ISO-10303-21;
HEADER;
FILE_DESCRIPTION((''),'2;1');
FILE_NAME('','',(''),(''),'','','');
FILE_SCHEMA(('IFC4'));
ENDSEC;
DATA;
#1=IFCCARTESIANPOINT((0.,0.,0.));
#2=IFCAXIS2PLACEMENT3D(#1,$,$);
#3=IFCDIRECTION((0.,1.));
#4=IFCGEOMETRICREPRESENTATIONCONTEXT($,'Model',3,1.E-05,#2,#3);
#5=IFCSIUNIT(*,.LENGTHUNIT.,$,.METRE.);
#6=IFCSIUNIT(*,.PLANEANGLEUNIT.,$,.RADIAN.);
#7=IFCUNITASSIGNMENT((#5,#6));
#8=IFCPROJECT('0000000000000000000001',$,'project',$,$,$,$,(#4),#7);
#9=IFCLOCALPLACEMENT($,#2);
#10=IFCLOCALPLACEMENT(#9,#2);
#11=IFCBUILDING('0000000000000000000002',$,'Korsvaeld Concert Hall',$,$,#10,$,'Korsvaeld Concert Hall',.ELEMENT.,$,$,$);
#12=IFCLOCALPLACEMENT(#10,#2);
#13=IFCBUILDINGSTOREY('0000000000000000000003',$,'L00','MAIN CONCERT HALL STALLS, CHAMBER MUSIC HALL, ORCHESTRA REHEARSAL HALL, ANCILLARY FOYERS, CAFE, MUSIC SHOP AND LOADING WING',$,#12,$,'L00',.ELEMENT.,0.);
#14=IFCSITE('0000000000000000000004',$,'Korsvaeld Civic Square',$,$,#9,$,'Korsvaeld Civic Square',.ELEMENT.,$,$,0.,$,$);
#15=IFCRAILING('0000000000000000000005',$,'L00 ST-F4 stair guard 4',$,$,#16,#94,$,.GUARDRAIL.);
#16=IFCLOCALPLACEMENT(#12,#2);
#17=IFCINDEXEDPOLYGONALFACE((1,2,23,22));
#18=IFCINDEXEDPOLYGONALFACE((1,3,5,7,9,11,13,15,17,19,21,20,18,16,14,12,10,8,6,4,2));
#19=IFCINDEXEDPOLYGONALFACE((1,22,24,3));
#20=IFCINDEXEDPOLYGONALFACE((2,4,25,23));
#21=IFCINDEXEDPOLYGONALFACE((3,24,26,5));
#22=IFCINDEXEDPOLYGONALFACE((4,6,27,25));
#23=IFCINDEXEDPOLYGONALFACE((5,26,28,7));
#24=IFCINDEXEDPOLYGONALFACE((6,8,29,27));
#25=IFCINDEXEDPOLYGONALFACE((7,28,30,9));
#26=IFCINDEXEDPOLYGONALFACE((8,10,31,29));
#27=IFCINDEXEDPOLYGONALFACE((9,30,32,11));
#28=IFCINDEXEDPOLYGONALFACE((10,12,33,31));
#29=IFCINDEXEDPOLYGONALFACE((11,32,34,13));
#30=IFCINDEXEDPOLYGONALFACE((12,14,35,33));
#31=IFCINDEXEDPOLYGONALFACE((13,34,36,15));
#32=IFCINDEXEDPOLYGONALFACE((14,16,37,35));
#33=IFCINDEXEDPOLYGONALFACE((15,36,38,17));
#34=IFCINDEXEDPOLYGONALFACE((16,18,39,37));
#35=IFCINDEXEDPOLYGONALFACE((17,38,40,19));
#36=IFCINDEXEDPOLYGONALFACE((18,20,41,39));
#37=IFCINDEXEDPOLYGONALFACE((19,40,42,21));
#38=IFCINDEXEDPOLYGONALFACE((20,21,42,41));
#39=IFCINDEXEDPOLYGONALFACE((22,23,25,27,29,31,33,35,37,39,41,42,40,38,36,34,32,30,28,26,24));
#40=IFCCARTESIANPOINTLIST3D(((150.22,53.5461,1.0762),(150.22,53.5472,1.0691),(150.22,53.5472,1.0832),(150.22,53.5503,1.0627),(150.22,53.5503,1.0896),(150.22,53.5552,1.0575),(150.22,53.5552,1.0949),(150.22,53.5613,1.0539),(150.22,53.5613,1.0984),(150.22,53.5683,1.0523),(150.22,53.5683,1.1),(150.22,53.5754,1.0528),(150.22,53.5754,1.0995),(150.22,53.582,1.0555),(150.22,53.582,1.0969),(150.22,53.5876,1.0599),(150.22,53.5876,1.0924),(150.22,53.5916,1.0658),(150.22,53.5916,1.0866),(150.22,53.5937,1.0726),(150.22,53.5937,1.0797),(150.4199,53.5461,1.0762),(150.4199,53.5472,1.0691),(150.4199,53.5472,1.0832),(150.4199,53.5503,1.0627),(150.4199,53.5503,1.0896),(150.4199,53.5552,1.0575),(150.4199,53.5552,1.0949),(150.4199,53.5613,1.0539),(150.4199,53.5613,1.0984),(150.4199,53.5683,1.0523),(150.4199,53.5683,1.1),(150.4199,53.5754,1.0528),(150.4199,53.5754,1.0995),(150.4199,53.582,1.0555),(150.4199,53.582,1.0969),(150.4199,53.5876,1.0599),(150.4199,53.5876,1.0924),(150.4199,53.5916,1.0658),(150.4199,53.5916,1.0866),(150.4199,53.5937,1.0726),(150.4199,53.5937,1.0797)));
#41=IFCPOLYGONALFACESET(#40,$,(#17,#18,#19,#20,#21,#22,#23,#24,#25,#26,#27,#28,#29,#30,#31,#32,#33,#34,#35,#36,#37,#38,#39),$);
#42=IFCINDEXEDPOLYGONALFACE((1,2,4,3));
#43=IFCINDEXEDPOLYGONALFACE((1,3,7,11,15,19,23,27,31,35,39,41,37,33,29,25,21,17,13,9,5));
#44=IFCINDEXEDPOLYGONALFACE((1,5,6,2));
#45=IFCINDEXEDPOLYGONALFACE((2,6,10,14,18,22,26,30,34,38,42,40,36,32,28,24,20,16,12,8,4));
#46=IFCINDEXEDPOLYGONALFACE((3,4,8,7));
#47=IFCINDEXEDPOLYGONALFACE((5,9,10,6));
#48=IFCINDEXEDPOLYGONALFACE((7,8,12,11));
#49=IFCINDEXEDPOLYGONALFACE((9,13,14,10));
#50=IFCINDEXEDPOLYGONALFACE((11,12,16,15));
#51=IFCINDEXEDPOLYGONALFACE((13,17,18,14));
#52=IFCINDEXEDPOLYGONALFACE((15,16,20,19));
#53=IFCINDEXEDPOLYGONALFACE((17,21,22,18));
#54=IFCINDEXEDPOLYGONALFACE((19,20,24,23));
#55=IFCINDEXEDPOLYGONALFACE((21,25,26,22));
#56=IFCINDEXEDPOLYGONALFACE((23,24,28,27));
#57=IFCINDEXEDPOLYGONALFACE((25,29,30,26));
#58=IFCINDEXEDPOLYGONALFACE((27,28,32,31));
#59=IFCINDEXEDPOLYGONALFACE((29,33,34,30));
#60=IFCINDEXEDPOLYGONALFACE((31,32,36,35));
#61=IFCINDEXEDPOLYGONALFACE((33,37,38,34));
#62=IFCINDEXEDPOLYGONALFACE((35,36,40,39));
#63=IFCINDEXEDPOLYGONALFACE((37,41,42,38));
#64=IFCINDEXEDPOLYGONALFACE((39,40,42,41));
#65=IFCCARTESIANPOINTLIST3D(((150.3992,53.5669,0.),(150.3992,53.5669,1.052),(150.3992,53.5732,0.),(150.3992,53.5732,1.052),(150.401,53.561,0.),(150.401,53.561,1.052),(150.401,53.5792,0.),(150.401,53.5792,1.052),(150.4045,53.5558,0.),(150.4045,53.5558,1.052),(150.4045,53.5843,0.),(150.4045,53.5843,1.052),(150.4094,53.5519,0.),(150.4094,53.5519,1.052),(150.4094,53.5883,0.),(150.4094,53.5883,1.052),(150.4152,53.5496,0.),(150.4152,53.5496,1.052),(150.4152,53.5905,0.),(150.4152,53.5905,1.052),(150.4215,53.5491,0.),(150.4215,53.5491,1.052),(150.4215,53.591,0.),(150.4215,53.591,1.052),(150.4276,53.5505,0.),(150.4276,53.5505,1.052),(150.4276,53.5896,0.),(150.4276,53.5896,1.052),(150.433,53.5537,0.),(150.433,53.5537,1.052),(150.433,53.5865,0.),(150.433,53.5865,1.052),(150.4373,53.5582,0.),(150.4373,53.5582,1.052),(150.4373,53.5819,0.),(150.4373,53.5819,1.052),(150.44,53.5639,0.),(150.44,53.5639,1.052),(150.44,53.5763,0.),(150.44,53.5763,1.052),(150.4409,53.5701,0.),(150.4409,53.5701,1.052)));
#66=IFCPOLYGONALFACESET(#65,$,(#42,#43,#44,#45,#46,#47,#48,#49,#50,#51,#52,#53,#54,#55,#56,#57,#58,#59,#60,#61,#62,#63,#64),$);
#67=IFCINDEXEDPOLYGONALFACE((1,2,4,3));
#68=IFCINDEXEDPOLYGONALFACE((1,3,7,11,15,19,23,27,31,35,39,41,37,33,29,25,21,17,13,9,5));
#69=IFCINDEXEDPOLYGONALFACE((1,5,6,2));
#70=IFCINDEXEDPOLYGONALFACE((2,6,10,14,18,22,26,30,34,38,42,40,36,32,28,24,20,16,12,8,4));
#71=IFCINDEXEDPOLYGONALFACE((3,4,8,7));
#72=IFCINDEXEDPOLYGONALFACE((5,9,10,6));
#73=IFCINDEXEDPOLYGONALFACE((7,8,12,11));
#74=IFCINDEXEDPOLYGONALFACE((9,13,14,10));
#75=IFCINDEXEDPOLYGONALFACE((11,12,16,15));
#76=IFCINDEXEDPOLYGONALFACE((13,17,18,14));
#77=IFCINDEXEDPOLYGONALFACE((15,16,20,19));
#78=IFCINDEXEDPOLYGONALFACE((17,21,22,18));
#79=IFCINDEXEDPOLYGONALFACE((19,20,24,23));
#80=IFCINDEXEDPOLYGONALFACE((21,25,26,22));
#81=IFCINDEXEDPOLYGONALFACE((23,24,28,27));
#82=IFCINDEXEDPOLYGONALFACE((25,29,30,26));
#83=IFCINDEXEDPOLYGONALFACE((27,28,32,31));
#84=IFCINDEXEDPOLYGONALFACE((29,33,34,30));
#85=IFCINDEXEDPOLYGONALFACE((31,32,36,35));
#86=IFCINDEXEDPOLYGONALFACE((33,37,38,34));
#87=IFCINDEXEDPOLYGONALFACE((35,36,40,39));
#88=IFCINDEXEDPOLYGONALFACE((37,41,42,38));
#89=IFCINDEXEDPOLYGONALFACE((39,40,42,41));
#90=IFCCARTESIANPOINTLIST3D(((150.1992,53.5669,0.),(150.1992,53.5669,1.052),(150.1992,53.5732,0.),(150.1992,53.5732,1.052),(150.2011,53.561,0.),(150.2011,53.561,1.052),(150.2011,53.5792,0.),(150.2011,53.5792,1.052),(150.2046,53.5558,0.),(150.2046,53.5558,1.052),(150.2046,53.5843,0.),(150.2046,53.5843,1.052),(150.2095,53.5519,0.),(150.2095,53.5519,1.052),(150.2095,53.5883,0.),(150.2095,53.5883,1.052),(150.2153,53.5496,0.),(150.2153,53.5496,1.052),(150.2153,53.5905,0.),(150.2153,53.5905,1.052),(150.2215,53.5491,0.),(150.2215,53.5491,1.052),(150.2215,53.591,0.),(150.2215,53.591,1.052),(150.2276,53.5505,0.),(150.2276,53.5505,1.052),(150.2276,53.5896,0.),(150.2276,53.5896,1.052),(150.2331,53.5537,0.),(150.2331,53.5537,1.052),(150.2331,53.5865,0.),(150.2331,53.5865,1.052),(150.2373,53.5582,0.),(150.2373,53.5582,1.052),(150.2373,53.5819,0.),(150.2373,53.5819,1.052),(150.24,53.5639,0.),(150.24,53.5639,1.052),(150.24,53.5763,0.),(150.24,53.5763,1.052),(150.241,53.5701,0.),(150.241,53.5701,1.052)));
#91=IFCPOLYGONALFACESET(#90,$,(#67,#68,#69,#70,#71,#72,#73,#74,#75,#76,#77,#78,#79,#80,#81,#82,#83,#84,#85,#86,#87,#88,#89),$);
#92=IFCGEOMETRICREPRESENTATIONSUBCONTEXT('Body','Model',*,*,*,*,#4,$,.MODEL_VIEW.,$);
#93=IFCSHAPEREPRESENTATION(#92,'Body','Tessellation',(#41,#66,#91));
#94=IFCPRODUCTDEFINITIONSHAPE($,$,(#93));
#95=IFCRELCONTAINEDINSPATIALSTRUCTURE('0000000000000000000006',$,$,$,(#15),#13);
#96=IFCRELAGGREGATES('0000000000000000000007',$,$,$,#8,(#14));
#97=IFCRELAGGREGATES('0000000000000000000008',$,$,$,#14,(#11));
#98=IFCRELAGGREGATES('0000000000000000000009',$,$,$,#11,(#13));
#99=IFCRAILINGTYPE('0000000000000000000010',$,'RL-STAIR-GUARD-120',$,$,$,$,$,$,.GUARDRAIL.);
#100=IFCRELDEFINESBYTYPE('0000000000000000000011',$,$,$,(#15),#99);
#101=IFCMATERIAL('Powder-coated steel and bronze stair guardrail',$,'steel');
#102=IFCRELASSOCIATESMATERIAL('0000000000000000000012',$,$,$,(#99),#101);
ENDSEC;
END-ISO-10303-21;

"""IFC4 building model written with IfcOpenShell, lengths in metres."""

from ifc_helpers import new_model, si_unit, direction, frame, origin, origin_2d, place, context, subcontext, project, spatial, circle, extrude, material, type_object, element, save


model = new_model("IFC4")

# Units and contexts
model_context = context("Model", 3, precision=1e-05, world=origin(), true_north=direction((0.0, 1.0)))
body_context = subcontext(model_context, "Body", "Model", "MODEL_VIEW")
ifc_project = project(units=[si_unit("LENGTHUNIT", "METRE"), si_unit("PLANEANGLEUNIT", "RADIAN")], contexts=[model_context])

# Site, building, storey
site_placement = place(None, origin())
site = spatial("IfcSite", under=ifc_project, at=site_placement, Name="Korsvaeld Civic Square", LongName="Korsvaeld Civic Square", CompositionType="ELEMENT", RefElevation=0.0)
building_placement = place(site_placement, origin())
building = spatial("IfcBuilding", under=site, at=building_placement, Name="Korsvaeld Concert Hall", LongName="Korsvaeld Concert Hall", CompositionType="ELEMENT")
storey_placement = place(building_placement, origin())
storey = spatial("IfcBuildingStorey", under=building, at=storey_placement, Name="L00", Description="MAIN CONCERT HALL STALLS, CHAMBER MUSIC HALL, ORCHESTRA REHEARSAL HALL, ANCILLARY FOYERS, CAFE, MUSIC SHOP AND LOADING WING", LongName="L00", CompositionType="ELEMENT", Elevation=0.0)

# Railing
ifc_material_1 = material(Name="Powder-coated steel and bronze stair guardrail", Category="steel")
railing_type_1 = type_object("IfcRailingType", Name="RL-STAIR-GUARD-120", PredefinedType="GUARDRAIL", material=ifc_material_1)
railing_1_placement = place(storey_placement, frame((150.4199, 53.5701, 0.0)))
element("IfcRailing", 1, at=railing_1_placement, inside=storey, type_object=railing_type_1, Name="L00 ST-F4 stair guard 4", PredefinedType="GUARDRAIL", context=body_context, shape_type="SweptSolid", body=[
    extrude(circle(Radius=0.0239, at=origin_2d()), frame((0.0, 0.0, 1.0762), z_axis=(-1.0, 0.0, 0.0), x_axis=(0.0, -1.0, 0.0)), (0.0, 0.0, 1.0), 0.2),
    extrude(circle(Radius=0.021, at=origin_2d()), origin(), (0.0, 0.0, 1.0), 1.052),
    extrude(circle(Radius=0.021, at=origin_2d()), frame((-0.2, 0.0, 0.0)), (0.0, 0.0, 1.0), 1.052),
])

save(model, "model.ifc")
